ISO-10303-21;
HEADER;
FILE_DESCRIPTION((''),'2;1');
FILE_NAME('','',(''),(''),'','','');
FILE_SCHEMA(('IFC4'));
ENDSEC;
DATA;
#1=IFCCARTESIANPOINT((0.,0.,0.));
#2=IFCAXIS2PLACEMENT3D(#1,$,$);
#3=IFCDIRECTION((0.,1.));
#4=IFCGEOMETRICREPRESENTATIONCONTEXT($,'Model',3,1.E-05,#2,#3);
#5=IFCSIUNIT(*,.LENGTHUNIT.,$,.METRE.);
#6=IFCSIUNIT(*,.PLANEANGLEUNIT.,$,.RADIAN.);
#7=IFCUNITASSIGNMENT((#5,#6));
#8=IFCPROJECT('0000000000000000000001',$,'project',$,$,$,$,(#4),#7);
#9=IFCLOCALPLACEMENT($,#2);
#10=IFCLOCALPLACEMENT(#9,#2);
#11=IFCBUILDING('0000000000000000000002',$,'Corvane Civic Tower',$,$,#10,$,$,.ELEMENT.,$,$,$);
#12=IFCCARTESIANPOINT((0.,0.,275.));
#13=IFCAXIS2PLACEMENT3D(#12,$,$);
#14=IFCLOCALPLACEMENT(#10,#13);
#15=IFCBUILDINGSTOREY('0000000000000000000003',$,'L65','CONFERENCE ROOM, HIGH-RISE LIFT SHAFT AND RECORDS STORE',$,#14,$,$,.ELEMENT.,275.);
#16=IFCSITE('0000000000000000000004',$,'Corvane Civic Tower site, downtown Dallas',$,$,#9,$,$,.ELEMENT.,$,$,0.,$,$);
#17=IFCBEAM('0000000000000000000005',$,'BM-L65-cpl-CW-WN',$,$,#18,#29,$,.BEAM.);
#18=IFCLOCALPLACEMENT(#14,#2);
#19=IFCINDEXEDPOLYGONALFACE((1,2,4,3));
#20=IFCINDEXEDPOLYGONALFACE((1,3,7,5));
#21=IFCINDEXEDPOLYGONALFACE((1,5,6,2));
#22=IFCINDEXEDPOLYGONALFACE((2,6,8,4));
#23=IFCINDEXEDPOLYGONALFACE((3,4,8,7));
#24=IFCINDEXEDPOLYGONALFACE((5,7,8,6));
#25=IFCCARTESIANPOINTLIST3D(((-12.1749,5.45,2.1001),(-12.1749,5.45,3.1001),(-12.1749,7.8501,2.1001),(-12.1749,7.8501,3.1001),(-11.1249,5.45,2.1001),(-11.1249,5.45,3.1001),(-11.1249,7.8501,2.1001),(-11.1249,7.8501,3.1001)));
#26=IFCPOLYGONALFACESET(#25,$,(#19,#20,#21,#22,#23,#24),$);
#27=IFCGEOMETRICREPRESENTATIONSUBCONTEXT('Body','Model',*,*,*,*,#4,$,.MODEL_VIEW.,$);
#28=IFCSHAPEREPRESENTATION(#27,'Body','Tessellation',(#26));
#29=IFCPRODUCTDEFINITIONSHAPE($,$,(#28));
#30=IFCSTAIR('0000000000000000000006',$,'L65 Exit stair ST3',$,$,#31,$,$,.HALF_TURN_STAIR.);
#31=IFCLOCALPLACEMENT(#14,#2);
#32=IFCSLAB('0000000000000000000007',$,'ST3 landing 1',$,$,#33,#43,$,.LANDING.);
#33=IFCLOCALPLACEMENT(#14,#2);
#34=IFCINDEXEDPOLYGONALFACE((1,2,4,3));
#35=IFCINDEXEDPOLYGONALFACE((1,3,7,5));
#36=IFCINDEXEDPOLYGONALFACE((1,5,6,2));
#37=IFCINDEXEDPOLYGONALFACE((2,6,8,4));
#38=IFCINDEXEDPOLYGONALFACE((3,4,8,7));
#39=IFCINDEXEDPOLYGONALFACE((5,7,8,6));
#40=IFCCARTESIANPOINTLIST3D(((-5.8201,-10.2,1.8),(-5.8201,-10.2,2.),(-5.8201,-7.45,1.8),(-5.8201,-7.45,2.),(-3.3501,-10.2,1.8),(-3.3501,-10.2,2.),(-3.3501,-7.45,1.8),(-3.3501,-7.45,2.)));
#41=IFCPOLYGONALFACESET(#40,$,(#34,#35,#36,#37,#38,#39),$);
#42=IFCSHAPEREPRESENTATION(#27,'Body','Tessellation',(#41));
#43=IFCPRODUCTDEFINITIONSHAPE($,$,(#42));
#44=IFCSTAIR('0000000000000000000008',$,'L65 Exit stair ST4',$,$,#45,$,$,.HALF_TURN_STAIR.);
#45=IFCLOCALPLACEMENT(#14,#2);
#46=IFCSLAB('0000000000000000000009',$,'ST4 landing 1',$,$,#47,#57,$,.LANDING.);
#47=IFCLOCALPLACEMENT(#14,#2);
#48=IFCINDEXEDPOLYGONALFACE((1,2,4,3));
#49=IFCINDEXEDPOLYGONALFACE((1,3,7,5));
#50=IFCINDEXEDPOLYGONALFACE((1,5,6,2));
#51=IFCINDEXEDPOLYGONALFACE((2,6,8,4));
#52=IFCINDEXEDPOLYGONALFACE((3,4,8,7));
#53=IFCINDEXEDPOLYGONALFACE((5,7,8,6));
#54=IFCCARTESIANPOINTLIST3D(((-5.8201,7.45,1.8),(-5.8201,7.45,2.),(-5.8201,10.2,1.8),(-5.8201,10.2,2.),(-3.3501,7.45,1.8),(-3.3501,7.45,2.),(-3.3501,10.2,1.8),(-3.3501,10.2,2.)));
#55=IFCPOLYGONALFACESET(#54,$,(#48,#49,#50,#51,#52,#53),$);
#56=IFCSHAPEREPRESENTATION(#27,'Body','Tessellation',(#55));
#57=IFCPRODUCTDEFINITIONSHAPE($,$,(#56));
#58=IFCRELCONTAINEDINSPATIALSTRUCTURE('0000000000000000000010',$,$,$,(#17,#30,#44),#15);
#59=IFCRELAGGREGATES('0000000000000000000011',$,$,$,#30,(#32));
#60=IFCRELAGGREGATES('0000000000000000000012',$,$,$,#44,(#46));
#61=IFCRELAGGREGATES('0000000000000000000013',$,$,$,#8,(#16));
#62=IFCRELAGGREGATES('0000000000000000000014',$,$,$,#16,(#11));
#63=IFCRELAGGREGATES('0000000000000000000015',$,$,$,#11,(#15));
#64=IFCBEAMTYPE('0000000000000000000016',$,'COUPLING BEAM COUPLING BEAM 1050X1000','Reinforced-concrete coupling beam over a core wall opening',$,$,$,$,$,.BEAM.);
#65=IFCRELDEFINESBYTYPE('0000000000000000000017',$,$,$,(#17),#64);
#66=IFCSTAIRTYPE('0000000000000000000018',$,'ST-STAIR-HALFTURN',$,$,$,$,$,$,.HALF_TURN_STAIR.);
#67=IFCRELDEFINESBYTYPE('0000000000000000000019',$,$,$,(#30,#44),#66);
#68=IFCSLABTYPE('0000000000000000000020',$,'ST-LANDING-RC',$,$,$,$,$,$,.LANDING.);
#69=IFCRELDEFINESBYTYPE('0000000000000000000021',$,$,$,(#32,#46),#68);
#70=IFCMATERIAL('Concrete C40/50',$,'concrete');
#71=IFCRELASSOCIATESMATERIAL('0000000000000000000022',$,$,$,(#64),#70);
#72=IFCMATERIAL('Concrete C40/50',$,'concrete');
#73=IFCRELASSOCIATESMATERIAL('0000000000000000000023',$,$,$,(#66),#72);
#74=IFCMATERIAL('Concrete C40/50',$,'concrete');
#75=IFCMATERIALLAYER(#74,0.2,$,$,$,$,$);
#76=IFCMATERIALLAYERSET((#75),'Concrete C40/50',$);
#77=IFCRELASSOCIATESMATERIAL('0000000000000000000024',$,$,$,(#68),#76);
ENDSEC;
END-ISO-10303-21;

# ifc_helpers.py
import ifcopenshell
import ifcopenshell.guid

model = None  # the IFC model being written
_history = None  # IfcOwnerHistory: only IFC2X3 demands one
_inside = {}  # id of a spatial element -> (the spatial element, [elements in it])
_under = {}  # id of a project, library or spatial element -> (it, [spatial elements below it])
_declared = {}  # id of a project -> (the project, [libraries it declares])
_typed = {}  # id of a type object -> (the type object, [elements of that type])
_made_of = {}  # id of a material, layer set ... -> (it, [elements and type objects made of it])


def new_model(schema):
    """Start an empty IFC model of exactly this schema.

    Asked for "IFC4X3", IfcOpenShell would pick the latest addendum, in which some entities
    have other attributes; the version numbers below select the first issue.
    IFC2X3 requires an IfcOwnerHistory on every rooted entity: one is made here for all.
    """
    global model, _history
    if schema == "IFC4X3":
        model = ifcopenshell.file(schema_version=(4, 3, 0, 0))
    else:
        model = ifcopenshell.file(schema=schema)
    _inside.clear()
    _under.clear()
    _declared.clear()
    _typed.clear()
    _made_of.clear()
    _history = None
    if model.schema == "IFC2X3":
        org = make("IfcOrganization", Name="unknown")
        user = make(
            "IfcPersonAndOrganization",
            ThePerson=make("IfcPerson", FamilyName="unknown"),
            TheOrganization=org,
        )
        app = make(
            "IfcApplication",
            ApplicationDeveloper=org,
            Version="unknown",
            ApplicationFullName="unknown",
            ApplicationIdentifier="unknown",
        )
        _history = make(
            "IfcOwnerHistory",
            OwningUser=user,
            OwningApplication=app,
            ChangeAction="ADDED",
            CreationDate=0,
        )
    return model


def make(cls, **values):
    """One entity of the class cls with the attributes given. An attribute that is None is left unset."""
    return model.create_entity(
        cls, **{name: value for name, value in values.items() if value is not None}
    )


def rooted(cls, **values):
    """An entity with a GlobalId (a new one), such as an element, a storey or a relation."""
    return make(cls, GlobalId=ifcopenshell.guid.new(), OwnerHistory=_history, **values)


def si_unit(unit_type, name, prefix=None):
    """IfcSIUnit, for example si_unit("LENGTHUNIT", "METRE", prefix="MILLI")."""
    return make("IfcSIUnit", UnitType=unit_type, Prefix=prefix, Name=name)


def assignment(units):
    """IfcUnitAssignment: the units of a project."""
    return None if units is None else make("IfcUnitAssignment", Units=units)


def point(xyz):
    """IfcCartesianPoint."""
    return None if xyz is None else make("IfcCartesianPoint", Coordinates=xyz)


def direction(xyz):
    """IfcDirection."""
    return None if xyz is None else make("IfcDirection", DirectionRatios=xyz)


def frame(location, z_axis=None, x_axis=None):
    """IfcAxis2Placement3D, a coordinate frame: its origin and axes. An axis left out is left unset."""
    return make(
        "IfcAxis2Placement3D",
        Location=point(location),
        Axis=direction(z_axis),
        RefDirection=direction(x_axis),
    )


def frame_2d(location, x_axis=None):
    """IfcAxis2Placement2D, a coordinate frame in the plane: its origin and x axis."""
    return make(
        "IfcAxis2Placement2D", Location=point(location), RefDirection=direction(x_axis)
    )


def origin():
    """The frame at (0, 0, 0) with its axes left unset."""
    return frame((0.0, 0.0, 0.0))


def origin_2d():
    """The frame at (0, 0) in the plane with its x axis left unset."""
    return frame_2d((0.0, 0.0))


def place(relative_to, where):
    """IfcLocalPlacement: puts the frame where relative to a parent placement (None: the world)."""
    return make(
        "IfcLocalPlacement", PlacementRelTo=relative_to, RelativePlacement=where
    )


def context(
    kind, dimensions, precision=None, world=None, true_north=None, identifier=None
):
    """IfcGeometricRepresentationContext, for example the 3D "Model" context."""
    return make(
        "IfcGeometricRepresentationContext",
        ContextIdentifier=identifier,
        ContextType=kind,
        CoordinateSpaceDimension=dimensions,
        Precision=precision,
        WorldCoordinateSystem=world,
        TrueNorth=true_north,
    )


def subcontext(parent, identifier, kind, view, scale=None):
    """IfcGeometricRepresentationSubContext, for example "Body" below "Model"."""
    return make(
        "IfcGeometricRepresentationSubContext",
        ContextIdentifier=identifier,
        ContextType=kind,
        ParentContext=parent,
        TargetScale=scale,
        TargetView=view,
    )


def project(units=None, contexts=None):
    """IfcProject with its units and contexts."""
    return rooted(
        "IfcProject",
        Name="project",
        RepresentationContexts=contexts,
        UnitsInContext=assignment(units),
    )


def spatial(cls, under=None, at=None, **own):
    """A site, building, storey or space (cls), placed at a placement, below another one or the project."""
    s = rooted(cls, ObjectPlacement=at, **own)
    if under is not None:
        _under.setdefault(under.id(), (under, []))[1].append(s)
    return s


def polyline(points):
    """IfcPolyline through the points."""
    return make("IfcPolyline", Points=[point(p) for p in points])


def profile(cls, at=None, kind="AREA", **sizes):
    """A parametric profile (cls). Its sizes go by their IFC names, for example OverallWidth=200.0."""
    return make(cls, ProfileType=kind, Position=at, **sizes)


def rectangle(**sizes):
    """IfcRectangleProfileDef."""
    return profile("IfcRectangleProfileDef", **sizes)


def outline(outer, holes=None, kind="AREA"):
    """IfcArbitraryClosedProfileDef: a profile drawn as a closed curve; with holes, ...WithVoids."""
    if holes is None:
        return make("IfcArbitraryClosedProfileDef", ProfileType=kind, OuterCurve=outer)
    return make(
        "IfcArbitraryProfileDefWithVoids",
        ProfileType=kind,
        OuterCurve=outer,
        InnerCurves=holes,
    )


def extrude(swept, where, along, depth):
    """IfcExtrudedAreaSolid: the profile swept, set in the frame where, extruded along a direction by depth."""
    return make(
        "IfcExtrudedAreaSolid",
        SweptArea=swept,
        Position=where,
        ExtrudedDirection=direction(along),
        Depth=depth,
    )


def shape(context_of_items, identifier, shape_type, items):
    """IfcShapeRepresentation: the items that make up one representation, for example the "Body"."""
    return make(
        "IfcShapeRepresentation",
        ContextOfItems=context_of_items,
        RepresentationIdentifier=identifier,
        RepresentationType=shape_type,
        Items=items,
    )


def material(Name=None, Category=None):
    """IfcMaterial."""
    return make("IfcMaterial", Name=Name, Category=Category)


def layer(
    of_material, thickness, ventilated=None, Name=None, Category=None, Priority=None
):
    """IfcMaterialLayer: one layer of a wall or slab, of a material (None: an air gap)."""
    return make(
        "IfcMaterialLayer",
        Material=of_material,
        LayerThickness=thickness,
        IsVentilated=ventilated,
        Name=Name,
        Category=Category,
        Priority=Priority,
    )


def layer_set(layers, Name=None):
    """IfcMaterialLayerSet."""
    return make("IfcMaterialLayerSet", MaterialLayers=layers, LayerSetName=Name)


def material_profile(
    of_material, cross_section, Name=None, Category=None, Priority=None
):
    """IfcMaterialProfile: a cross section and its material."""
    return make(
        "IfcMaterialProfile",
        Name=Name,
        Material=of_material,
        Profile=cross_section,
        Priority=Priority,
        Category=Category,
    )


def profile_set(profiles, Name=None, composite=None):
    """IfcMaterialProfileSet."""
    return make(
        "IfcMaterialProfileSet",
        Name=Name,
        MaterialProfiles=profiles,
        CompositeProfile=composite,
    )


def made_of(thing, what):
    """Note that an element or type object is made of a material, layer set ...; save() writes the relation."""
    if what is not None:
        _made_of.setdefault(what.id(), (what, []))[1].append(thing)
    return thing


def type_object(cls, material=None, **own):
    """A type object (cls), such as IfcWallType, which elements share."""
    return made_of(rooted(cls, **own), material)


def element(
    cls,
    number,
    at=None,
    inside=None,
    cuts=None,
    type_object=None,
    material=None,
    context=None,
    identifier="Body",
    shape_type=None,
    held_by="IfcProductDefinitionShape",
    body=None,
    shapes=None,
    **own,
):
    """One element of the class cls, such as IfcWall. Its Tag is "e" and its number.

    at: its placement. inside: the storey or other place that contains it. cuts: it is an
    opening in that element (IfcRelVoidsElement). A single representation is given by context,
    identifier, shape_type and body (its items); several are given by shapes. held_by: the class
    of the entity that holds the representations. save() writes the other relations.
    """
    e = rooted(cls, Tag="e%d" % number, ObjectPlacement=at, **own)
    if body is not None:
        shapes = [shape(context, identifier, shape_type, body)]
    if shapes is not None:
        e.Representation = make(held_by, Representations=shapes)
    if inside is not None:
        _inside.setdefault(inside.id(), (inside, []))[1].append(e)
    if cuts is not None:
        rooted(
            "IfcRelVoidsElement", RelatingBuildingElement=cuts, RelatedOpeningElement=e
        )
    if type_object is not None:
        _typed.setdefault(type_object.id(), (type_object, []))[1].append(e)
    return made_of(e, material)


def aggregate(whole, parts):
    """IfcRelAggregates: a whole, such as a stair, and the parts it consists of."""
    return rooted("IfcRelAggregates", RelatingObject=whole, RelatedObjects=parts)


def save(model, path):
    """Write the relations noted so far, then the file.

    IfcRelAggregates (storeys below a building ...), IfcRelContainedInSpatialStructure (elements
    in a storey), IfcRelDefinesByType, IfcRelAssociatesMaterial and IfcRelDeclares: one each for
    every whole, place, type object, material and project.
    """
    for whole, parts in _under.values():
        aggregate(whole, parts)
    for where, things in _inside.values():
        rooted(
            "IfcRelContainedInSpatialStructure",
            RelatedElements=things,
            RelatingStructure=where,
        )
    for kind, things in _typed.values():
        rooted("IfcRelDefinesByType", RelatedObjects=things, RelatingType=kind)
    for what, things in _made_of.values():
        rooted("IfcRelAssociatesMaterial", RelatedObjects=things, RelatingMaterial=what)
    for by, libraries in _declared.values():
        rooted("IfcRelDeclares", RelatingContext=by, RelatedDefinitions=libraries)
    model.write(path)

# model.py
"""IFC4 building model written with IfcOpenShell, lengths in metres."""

from ifc_helpers import new_model, si_unit, direction, frame, origin, origin_2d, place, context, subcontext, project, spatial, polyline, rectangle, outline, extrude, material, layer, layer_set, material_profile, profile_set, type_object, element, aggregate, save


model = new_model("IFC4")

# Units and contexts
model_context = context("Model", 3, precision=1e-05, world=origin(), true_north=direction((0.0, 1.0)))
body_context = subcontext(model_context, "Body", "Model", "MODEL_VIEW")
ifc_project = project(units=[si_unit("LENGTHUNIT", "METRE"), si_unit("PLANEANGLEUNIT", "RADIAN")], contexts=[model_context])

# Site, building, storey
site_placement = place(None, origin())
site = spatial("IfcSite", under=ifc_project, at=site_placement, Name="Corvane Civic Tower site, downtown Dallas", CompositionType="ELEMENT", RefElevation=0.0)
building_placement = place(site_placement, origin())
building = spatial("IfcBuilding", under=site, at=building_placement, Name="Corvane Civic Tower", CompositionType="ELEMENT")
storey_placement = place(building_placement, frame((0.0, 0.0, 275.0)))
storey = spatial("IfcBuildingStorey", under=building, at=storey_placement, Name="L65", Description="CONFERENCE ROOM, HIGH-RISE LIFT SHAFT AND RECORDS STORE", CompositionType="ELEMENT", Elevation=275.0)

# Beam
ifc_material_1 = material(Name="Concrete C40/50", Category="concrete")
ifc_material_profile = material_profile(ifc_material_1, rectangle(XDim=1.05, YDim=1.0, at=origin_2d()), Name="COUPLING BEAM 1050X1000")
ifc_profile_set = profile_set([ifc_material_profile], Name="Concrete C40/50")
beam_type = type_object("IfcBeamType", Name="COUPLING BEAM COUPLING BEAM 1050X1000", Description="Reinforced-concrete coupling beam over a core wall opening", PredefinedType="BEAM", material=ifc_profile_set)
beam_placement = place(storey_placement, frame((-11.6499, 5.45, 2.6001), z_axis=(0.0, 1.0, 0.0), x_axis=(-1.0, 0.0, 0.0)))
element("IfcBeam", 1, at=beam_placement, inside=storey, type_object=beam_type, Name="BM-L65-cpl-CW-WN", PredefinedType="BEAM", context=body_context, shape_type="SweptSolid", body=[
    extrude(rectangle(XDim=1.05, YDim=1.0, at=origin_2d()), origin(), (0.0, 0.0, 1.0), 2.4001),
])

# Stairs, slabs
ifc_material_2 = material(Name="Concrete C40/50", Category="concrete")
stair_type = type_object("IfcStairType", Name="ST-STAIR-HALFTURN", PredefinedType="HALF_TURN_STAIR", material=ifc_material_2)
stair_1_placement = place(storey_placement, origin())
stair_1 = element("IfcStair", 2, at=stair_1_placement, inside=storey, type_object=stair_type, Name="L65 Exit stair ST3", PredefinedType="HALF_TURN_STAIR")
ifc_material_3 = material(Name="Concrete C40/50", Category="concrete")
ifc_layer_1 = layer(ifc_material_3, 0.2)
ifc_layer_set_1 = layer_set([ifc_layer_1], Name="Concrete C40/50")
slab_type = type_object("IfcSlabType", Name="ST-LANDING-RC", PredefinedType="LANDING", material=ifc_layer_set_1)
slab_1_placement = place(storey_placement, frame((0.0, 0.0, 1.8)))
slab_1 = element("IfcSlab", 3, at=slab_1_placement, type_object=slab_type, Name="ST3 landing 1", PredefinedType="LANDING", context=body_context, shape_type="SweptSolid", body=[
    extrude(outline(polyline([(-5.8201, -10.2), (-3.3501, -10.2), (-3.3501, -7.45), (-5.8201, -7.45), (-5.8201, -10.2)])), origin(), (0.0, 0.0, 1.0), 0.2),
])
aggregate(stair_1, [slab_1])
stair_2_placement = place(storey_placement, origin())
stair_2 = element("IfcStair", 4, at=stair_2_placement, inside=storey, type_object=stair_type, Name="L65 Exit stair ST4", PredefinedType="HALF_TURN_STAIR")
slab_2_placement = place(storey_placement, frame((0.0, 0.0, 1.8)))
slab_2 = element("IfcSlab", 5, at=slab_2_placement, type_object=slab_type, Name="ST4 landing 1", PredefinedType="LANDING", context=body_context, shape_type="SweptSolid", body=[
    extrude(outline(polyline([(-5.8201, 7.45), (-3.3501, 7.45), (-3.3501, 10.2), (-5.8201, 10.2), (-5.8201, 7.45)])), origin(), (0.0, 0.0, 1.0), 0.2),
])

aggregate(stair_2, [slab_2])

save(model, "model.ifc")
